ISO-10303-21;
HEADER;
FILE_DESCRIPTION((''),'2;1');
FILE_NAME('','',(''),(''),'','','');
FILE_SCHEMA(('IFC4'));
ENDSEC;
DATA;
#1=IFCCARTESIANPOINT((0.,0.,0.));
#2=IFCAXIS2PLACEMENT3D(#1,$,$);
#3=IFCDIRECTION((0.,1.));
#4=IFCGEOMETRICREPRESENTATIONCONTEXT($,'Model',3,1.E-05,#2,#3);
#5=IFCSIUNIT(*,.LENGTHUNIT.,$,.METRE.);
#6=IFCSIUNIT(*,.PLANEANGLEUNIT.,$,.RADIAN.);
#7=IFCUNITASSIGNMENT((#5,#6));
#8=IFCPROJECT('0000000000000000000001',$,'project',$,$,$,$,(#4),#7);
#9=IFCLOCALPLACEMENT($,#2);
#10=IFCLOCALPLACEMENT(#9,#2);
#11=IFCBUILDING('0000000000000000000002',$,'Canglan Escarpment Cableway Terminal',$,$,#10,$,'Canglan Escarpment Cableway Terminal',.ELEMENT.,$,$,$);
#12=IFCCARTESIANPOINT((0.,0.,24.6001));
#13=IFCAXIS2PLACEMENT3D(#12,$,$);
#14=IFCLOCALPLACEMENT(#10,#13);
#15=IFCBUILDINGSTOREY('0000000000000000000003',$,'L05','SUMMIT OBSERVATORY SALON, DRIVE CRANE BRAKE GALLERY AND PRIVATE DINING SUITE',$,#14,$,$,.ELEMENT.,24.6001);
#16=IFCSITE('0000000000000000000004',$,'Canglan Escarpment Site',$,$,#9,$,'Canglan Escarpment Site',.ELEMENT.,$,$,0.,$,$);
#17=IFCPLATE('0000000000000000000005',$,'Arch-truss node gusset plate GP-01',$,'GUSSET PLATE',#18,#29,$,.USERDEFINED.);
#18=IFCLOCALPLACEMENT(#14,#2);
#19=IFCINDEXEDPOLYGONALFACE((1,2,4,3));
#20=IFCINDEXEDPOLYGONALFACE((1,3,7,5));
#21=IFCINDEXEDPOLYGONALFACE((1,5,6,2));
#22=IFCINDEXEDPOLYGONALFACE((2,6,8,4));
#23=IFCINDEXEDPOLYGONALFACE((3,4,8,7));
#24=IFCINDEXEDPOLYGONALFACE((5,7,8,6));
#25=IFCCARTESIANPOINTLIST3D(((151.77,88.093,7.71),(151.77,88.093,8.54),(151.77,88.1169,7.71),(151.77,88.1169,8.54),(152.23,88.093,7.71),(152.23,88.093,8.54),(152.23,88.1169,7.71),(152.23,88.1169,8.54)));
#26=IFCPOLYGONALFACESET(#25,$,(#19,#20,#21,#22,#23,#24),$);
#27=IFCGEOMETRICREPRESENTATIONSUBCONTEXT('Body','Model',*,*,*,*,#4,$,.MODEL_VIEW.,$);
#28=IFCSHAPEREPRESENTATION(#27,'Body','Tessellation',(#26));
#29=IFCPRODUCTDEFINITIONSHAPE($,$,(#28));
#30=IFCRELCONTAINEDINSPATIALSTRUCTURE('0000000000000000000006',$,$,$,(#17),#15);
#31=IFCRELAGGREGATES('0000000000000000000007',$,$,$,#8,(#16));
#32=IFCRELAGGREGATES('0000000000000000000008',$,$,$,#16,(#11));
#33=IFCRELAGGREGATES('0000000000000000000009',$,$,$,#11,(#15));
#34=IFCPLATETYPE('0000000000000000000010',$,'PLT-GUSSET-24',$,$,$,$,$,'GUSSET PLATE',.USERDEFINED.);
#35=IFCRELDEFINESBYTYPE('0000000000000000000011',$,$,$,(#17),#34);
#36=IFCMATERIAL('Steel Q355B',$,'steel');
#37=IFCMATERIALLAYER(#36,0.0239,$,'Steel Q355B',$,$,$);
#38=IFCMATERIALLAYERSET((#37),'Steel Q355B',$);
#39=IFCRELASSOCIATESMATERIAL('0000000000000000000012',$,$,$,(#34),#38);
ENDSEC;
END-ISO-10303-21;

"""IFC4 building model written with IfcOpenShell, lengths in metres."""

from ifc_helpers import new_model, si_unit, direction, frame, origin, origin_2d, place, context, subcontext, project, spatial, rectangle, extrude, material, layer, layer_set, type_object, element, save


model = new_model("IFC4")

# Units and contexts
model_context = context("Model", 3, precision=1e-05, world=origin(), true_north=direction((0.0, 1.0)))
body_context = subcontext(model_context, "Body", "Model", "MODEL_VIEW")
ifc_project = project(units=[si_unit("LENGTHUNIT", "METRE"), si_unit("PLANEANGLEUNIT", "RADIAN")], contexts=[model_context])

# Site, building, storey
site_placement = place(None, origin())
site = spatial("IfcSite", under=ifc_project, at=site_placement, Name="Canglan Escarpment Site", LongName="Canglan Escarpment Site", CompositionType="ELEMENT", RefElevation=0.0)
building_placement = place(site_placement, origin())
building = spatial("IfcBuilding", under=site, at=building_placement, Name="Canglan Escarpment Cableway Terminal", LongName="Canglan Escarpment Cableway Terminal", CompositionType="ELEMENT")
storey_placement = place(building_placement, frame((0.0, 0.0, 24.6001)))
storey = spatial("IfcBuildingStorey", under=building, at=storey_placement, Name="L05", Description="SUMMIT OBSERVATORY SALON, DRIVE CRANE BRAKE GALLERY AND PRIVATE DINING SUITE", CompositionType="ELEMENT", Elevation=24.6001)

# Shared definitions
ifc_material = material(Name="Steel Q355B", Category="steel")

# Plate
ifc_layer_1 = layer(ifc_material, 0.0239, Name="Steel Q355B")
ifc_layer_set_1 = layer_set([ifc_layer_1], Name="Steel Q355B")
plate_type_1 = type_object("IfcPlateType", Name="PLT-GUSSET-24", ElementType="GUSSET PLATE", PredefinedType="USERDEFINED", material=ifc_layer_set_1)
for number, where, z_axis, x_axis, name in (
    (1, (152.0, 88.105, 7.71), (0.0, 0.0, 1.0), (1.0, 0.0, 0.0), "Arch-truss node gusset plate GP-01"),
):
    element("IfcPlate", number, at=place(storey_placement, frame(where, z_axis=z_axis, x_axis=x_axis)), inside=storey, type_object=plate_type_1, Name=name, ObjectType="GUSSET PLATE", PredefinedType="USERDEFINED", context=body_context, shape_type="SweptSolid", body=[
        extrude(rectangle(XDim=0.46, YDim=0.0239, at=origin_2d()), origin(), (0.0, 0.0, 1.0), 0.8301),
    ])

save(model, "model.ifc")
